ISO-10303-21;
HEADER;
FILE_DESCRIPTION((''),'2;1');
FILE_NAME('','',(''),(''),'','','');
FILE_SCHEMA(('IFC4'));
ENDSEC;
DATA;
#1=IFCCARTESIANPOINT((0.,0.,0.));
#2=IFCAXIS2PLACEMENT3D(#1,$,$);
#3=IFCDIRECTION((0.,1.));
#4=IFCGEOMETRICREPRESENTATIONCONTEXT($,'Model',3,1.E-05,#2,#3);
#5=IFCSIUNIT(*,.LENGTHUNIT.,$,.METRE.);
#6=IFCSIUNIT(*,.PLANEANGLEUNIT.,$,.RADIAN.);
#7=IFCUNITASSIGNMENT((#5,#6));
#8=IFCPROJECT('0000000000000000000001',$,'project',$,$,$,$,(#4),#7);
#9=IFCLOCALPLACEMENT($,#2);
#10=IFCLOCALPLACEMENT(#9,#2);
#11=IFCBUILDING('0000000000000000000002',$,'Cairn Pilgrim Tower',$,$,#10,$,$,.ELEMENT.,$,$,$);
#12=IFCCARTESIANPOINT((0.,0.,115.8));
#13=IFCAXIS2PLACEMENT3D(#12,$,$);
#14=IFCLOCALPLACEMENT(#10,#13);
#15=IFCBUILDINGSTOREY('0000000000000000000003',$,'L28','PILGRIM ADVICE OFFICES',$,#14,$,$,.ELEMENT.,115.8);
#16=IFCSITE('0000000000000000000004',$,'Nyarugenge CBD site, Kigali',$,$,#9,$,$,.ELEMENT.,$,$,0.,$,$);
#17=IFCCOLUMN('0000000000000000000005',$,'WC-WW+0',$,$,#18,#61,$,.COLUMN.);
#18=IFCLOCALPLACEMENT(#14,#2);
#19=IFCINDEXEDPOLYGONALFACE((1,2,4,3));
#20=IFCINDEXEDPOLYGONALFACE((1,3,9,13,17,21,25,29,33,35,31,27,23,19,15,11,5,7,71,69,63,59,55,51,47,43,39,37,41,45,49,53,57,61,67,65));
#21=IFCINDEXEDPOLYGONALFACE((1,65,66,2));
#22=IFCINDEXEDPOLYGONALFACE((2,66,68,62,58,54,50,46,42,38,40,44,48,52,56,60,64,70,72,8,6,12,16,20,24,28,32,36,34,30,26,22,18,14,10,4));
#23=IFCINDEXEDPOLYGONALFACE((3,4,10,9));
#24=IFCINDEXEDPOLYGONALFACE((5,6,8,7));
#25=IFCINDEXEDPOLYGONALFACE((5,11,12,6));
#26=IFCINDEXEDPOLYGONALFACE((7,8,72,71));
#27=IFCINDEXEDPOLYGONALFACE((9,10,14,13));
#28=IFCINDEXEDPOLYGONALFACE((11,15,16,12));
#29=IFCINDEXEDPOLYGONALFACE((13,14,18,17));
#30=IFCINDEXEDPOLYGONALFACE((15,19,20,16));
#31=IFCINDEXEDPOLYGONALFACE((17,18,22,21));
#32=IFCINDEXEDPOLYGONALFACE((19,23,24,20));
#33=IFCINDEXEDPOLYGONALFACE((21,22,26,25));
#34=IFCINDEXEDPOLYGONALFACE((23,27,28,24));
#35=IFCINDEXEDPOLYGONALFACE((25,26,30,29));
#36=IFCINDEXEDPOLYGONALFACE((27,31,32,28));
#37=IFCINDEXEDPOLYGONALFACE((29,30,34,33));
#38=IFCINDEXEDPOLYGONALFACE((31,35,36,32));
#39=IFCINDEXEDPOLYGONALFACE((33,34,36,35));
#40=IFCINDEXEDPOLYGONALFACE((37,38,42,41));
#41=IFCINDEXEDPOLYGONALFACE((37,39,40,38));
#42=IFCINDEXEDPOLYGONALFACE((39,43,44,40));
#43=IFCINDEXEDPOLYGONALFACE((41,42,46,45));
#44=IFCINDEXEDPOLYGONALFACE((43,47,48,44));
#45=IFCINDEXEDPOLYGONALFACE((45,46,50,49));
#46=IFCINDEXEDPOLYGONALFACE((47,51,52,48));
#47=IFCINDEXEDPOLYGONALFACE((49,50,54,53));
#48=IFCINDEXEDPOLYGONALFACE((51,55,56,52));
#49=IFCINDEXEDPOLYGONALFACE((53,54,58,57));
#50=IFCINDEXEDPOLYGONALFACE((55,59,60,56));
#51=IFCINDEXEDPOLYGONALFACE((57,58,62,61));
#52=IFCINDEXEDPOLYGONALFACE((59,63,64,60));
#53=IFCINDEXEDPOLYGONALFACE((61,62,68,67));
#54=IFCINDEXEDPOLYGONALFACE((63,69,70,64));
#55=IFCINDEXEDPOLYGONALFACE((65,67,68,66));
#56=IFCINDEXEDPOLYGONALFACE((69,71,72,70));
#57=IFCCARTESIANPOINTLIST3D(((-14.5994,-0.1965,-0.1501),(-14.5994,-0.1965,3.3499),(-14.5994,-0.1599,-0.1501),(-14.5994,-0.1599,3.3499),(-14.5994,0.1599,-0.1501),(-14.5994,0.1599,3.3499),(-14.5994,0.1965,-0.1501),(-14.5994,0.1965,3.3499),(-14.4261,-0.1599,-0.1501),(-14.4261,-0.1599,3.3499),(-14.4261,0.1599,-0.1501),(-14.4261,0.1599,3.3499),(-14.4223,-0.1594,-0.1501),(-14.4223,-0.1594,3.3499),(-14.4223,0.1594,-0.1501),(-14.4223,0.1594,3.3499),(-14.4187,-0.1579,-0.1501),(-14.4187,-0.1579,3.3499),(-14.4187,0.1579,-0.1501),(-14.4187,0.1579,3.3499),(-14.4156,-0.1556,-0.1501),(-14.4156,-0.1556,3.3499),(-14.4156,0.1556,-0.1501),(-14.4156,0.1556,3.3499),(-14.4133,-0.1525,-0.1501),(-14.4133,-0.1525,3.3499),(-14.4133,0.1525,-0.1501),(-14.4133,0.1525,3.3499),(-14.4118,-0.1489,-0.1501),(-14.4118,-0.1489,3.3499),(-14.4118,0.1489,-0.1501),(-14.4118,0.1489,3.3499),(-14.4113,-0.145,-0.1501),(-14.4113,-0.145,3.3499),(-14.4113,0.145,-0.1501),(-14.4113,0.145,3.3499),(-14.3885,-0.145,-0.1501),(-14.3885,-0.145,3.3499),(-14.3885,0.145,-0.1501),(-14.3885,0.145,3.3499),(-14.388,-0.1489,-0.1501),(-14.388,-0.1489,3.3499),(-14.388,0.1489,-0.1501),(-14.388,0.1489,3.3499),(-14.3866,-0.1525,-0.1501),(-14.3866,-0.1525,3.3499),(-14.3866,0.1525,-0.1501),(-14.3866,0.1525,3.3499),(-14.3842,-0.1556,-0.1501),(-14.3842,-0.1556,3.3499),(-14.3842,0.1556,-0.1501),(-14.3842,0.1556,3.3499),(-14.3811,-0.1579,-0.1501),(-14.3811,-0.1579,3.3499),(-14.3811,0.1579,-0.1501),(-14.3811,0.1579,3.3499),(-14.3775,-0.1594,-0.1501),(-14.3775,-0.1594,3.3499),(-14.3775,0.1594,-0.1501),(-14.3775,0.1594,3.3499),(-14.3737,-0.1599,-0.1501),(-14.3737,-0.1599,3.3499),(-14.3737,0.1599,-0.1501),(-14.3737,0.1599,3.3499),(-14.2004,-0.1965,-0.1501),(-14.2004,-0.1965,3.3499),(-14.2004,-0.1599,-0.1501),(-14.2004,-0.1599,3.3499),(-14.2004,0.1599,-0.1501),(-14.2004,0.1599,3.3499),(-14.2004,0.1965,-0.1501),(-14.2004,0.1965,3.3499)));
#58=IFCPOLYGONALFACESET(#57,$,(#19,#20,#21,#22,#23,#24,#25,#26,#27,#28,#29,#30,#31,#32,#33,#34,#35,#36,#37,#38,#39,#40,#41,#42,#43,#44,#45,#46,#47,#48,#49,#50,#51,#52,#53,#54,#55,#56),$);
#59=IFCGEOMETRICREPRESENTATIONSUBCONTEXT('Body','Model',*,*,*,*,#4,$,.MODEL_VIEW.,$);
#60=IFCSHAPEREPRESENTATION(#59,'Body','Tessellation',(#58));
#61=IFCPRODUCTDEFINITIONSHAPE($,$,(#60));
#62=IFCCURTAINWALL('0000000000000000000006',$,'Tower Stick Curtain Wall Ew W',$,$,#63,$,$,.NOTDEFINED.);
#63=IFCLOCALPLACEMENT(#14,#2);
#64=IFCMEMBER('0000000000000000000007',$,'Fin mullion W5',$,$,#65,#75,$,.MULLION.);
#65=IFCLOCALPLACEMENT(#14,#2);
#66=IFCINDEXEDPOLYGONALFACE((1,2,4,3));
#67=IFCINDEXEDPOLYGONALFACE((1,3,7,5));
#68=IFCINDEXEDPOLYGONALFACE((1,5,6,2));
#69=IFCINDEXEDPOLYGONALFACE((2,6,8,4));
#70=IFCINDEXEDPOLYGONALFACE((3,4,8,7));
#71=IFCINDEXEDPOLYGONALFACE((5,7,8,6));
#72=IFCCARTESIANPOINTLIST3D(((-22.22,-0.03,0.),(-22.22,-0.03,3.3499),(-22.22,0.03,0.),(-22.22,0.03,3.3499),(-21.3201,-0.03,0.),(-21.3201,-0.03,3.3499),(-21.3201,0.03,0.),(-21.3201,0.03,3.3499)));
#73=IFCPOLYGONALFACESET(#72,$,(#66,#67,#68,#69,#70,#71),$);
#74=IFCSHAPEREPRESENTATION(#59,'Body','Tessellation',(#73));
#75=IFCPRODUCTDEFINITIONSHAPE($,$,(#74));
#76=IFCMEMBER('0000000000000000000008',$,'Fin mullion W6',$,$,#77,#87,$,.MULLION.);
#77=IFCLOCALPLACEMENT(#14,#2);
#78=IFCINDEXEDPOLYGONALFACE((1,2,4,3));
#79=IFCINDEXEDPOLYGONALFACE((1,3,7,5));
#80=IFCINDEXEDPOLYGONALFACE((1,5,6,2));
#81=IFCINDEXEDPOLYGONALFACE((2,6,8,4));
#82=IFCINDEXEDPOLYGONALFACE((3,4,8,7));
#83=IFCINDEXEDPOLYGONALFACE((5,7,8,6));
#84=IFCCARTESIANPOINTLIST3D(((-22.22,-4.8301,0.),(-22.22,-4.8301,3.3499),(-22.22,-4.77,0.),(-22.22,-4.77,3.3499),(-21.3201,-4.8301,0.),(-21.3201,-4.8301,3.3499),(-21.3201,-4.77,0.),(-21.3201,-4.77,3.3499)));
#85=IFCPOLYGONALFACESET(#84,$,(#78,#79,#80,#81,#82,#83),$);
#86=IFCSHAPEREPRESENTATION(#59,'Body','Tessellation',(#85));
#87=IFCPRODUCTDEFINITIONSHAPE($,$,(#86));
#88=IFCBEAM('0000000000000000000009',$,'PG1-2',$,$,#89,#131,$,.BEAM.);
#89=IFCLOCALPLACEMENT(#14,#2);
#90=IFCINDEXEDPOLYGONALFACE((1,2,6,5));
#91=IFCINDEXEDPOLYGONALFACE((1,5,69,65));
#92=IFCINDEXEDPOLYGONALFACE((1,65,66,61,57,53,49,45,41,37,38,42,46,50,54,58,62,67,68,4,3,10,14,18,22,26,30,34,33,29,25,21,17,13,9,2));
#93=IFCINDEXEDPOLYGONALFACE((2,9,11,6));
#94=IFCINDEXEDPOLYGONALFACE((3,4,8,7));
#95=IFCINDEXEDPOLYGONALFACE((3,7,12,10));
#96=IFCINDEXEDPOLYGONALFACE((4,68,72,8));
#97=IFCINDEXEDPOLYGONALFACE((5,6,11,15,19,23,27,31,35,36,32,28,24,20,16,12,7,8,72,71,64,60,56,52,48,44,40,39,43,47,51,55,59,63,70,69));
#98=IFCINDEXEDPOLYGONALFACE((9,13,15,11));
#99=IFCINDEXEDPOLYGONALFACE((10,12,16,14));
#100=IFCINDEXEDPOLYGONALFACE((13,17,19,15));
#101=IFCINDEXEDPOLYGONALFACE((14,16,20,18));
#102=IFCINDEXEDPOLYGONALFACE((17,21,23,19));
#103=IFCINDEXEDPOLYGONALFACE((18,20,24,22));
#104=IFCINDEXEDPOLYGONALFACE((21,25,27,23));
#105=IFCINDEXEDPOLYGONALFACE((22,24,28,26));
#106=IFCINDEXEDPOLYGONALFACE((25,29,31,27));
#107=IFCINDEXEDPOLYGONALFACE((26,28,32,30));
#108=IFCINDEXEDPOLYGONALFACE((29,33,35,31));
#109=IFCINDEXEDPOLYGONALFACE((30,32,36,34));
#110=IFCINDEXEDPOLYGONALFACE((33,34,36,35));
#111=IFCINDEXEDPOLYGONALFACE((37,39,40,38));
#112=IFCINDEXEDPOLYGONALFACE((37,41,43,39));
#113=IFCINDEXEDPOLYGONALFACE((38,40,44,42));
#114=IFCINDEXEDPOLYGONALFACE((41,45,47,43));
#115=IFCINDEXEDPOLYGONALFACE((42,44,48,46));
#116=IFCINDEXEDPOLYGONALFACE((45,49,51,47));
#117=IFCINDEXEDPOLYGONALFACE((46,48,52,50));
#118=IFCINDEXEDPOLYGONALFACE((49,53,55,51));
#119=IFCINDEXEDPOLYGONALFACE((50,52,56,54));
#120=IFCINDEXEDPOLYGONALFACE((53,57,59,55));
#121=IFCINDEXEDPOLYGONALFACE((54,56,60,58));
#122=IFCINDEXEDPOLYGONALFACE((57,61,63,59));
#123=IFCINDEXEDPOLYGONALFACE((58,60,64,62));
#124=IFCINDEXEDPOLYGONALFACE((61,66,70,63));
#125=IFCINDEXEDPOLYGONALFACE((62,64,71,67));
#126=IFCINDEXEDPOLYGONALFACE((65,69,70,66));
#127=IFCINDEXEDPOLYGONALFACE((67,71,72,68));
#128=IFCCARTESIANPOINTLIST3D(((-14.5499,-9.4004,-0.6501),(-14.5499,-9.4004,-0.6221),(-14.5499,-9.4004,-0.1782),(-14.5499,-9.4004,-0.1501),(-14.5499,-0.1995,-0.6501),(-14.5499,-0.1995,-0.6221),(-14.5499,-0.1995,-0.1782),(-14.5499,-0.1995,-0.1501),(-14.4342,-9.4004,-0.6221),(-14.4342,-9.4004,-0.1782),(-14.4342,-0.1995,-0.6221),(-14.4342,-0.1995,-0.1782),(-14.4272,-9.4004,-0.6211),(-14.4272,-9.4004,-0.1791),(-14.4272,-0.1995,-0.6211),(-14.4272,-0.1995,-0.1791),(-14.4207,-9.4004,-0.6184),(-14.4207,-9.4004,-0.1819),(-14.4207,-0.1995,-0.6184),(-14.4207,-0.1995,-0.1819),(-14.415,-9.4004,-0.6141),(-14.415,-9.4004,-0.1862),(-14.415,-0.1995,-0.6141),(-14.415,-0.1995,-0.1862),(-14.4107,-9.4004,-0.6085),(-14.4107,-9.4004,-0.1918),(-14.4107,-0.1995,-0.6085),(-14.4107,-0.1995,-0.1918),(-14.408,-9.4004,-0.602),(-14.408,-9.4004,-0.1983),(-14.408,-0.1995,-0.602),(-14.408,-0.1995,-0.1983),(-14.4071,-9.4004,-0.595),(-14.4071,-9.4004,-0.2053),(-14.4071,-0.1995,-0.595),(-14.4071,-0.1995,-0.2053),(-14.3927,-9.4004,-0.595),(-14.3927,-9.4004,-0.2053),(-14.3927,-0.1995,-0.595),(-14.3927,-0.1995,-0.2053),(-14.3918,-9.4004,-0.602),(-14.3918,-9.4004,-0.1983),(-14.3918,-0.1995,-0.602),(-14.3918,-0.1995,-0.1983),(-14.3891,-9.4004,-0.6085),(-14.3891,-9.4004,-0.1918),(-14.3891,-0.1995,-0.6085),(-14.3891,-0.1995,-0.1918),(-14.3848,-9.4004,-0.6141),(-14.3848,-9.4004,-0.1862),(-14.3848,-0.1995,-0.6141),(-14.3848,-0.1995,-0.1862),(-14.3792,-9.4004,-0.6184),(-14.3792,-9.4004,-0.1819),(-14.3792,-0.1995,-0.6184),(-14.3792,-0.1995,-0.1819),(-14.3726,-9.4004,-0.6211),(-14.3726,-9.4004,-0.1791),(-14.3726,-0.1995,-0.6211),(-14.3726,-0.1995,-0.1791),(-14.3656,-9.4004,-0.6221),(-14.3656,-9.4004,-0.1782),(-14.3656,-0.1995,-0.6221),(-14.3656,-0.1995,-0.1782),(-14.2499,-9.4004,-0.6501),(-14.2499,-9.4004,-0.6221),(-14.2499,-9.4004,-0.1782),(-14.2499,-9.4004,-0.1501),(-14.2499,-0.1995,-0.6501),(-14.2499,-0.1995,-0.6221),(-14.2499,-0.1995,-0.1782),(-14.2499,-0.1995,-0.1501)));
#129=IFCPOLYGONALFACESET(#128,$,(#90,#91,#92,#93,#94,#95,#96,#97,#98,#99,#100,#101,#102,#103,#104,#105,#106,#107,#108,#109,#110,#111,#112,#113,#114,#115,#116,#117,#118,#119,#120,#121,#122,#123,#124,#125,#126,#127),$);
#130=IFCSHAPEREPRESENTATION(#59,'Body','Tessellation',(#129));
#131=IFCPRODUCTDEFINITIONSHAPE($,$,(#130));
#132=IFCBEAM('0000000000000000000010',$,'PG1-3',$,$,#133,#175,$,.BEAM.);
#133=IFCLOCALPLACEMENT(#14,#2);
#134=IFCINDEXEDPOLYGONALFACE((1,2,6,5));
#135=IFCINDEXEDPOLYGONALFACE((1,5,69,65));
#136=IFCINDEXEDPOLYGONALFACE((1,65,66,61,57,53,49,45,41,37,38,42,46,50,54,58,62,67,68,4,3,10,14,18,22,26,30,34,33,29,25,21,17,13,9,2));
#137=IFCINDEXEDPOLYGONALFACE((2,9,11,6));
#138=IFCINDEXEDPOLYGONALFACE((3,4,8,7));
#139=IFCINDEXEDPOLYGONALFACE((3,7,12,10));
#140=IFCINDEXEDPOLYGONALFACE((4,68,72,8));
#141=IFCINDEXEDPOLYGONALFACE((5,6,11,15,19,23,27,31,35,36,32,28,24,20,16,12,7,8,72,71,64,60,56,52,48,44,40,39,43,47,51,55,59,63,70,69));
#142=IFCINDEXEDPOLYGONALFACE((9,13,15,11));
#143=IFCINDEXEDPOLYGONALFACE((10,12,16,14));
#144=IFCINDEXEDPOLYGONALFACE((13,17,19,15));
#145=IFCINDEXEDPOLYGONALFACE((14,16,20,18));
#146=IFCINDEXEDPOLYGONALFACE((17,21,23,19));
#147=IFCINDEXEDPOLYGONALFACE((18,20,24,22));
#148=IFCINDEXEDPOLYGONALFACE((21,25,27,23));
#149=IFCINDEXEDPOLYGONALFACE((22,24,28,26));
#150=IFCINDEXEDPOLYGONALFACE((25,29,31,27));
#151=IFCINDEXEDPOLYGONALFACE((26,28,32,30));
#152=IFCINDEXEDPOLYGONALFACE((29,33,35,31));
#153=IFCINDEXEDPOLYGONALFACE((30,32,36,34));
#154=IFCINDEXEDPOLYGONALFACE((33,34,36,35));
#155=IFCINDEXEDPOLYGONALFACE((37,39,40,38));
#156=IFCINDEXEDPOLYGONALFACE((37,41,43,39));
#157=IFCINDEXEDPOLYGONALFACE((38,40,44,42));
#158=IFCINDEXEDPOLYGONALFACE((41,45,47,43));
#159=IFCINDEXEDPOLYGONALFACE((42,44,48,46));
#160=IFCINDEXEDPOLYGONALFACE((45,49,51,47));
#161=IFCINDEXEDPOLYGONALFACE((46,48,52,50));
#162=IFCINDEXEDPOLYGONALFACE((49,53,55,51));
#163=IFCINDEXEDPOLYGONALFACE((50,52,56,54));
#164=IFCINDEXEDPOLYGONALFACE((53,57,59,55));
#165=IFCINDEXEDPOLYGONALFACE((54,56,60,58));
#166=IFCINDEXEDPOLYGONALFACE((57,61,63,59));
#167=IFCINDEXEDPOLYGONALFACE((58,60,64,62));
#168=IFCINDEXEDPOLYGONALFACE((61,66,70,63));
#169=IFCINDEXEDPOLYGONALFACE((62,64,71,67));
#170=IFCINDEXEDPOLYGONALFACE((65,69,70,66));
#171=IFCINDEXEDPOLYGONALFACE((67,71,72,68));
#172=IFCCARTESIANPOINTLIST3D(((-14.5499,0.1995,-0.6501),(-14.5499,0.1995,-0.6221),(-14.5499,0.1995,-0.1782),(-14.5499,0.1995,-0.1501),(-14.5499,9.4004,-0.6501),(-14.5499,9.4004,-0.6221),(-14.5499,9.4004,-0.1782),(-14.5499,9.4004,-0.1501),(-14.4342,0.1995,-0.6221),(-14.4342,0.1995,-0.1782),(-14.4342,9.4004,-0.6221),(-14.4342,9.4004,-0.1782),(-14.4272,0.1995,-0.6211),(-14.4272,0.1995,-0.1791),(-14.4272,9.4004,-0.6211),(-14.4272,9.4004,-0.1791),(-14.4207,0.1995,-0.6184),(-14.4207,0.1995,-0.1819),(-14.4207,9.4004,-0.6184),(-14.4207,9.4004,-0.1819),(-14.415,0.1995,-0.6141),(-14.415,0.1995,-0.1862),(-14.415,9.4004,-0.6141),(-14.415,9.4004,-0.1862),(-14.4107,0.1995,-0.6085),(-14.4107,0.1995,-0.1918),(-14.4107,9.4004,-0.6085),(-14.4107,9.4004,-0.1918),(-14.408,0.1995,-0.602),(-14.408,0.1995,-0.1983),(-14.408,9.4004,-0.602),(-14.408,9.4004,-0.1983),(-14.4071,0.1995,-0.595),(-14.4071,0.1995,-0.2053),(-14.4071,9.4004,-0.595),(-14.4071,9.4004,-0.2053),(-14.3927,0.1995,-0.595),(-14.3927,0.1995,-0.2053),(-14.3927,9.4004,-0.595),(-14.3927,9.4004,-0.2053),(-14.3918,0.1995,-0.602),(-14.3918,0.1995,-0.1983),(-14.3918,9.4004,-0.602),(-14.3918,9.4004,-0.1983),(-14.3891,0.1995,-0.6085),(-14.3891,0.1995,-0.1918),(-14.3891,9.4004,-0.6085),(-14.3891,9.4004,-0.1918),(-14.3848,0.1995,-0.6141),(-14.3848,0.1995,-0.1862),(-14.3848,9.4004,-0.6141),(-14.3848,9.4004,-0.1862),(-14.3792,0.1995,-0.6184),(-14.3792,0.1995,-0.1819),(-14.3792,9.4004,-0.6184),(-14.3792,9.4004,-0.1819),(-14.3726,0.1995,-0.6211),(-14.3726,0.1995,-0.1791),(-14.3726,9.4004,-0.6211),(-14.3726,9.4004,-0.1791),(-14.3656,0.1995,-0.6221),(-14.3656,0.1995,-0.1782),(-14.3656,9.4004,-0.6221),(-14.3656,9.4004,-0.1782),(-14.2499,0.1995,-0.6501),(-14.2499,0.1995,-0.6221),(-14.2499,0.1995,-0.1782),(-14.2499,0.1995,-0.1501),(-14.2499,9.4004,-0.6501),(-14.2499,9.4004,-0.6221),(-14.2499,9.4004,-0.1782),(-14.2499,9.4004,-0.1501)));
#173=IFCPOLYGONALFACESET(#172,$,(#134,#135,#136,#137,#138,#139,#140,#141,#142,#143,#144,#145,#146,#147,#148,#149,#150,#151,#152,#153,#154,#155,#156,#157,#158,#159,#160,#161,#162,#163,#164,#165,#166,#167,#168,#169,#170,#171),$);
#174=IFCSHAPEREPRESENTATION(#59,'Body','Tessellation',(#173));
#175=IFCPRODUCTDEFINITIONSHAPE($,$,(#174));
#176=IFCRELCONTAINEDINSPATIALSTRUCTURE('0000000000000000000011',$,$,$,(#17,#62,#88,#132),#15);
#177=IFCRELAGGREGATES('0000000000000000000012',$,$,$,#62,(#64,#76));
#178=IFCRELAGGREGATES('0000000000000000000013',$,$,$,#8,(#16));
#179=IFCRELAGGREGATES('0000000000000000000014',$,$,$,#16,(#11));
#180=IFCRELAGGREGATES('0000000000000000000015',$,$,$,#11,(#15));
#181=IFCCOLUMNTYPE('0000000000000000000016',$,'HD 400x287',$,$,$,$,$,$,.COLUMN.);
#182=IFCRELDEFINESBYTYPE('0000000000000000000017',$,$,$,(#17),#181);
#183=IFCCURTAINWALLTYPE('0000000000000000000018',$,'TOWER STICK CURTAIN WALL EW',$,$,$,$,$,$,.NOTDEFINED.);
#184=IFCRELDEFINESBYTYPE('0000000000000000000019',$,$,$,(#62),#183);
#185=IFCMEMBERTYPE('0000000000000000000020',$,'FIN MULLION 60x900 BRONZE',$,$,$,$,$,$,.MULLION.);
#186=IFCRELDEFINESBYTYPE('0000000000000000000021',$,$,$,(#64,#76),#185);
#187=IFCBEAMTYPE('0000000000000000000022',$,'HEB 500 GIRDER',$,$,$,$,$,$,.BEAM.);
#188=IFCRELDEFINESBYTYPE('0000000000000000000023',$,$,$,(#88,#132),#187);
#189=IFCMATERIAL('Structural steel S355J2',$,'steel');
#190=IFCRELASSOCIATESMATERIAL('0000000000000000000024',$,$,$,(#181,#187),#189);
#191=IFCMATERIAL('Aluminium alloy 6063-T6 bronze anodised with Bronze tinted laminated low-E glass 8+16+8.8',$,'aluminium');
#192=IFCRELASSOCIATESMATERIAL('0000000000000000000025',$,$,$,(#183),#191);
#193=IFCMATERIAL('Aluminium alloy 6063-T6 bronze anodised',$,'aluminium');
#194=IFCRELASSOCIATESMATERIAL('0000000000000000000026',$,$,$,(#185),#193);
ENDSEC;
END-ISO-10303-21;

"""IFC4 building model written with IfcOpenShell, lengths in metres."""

from ifc_helpers import new_model, si_unit, direction, frame, origin, origin_2d, place, context, subcontext, project, spatial, rectangle, i_section, extrude, material, material_profile, profile_set, type_object, element, aggregate, save


model = new_model("IFC4")

# Units and contexts
model_context = context("Model", 3, precision=1e-05, world=origin(), true_north=direction((0.0, 1.0)))
body_context = subcontext(model_context, "Body", "Model", "MODEL_VIEW")
ifc_project = project(units=[si_unit("LENGTHUNIT", "METRE"), si_unit("PLANEANGLEUNIT", "RADIAN")], contexts=[model_context])

# Site, building, storey
site_placement = place(None, origin())
site = spatial("IfcSite", under=ifc_project, at=site_placement, Name="Nyarugenge CBD site, Kigali", CompositionType="ELEMENT", RefElevation=0.0)
building_placement = place(site_placement, origin())
building = spatial("IfcBuilding", under=site, at=building_placement, Name="Cairn Pilgrim Tower", CompositionType="ELEMENT")
storey_placement = place(building_placement, frame((0.0, 0.0, 115.8)))
storey = spatial("IfcBuildingStorey", under=building, at=storey_placement, Name="L28", Description="PILGRIM ADVICE OFFICES", CompositionType="ELEMENT", Elevation=115.8)

# Column
ifc_material_1 = material(Name="Structural steel S355J2", Category="steel")
ifc_material_profile_1 = material_profile(ifc_material_1, i_section(OverallWidth=0.3989, OverallDepth=0.3931, WebThickness=0.0227, FlangeThickness=0.0366, FilletRadius=0.0149, at=origin_2d()), Name="HD 400x287")
ifc_profile_set_1 = profile_set([ifc_material_profile_1], Name="Structural steel S355J2")
column_type_1 = type_object("IfcColumnType", Name="HD 400x287", PredefinedType="COLUMN", material=ifc_profile_set_1)
column_placement = place(storey_placement, frame((-14.3999, 0.0, -0.1501), z_axis=(0.0, 0.0, 1.0), x_axis=(1.0, 0.0, 0.0)))
element("IfcColumn", 1, at=column_placement, inside=storey, type_object=column_type_1, Name="WC-WW+0", PredefinedType="COLUMN", context=body_context, shape_type="SweptSolid", body=[
    extrude(i_section(OverallWidth=0.3989, OverallDepth=0.3931, WebThickness=0.0227, FlangeThickness=0.0366, FilletRadius=0.0149, at=origin_2d()), origin(), (0.0, 0.0, 1.0), 3.5),
])

# Curtain wall, members
ifc_material_2 = material(Name="Aluminium alloy 6063-T6 bronze anodised with Bronze tinted laminated low-E glass 8+16+8.8", Category="aluminium")
curtain_wall_type = type_object("IfcCurtainWallType", Name="TOWER STICK CURTAIN WALL EW", PredefinedType="NOTDEFINED", material=ifc_material_2)
curtain_wall_placement = place(storey_placement, origin())
curtain_wall = element("IfcCurtainWall", 2, at=curtain_wall_placement, inside=storey, type_object=curtain_wall_type, Name="Tower Stick Curtain Wall Ew W", PredefinedType="NOTDEFINED")
ifc_material_3 = material(Name="Aluminium alloy 6063-T6 bronze anodised", Category="aluminium")
ifc_material_profile_2 = material_profile(ifc_material_3, rectangle(XDim=0.8999, YDim=0.0601, at=origin_2d()), Name="FIN MULLION 60x900 BRONZE")
ifc_profile_set_2 = profile_set([ifc_material_profile_2], Name="Aluminium alloy 6063-T6 bronze anodised")
member_type_1 = type_object("IfcMemberType", Name="FIN MULLION 60x900 BRONZE", PredefinedType="MULLION", material=ifc_profile_set_2)
member_1_placement = place(storey_placement, frame((-21.77, 0.0, 0.0), z_axis=(0.0, 0.0, 1.0), x_axis=(-1.0, 0.0, 0.0)))
member_1 = element("IfcMember", 3, at=member_1_placement, type_object=member_type_1, Name="Fin mullion W5", PredefinedType="MULLION", context=body_context, shape_type="SweptSolid", body=[
    extrude(rectangle(XDim=0.8999, YDim=0.0601, at=origin_2d()), origin(), (0.0, 0.0, 1.0), 3.3499),
])
member_2_placement = place(storey_placement, frame((-21.77, -4.8, 0.0), z_axis=(0.0, 0.0, 1.0), x_axis=(-1.0, 0.0, 0.0)))
member_2 = element("IfcMember", 4, at=member_2_placement, type_object=member_type_1, Name="Fin mullion W6", PredefinedType="MULLION", context=body_context, shape_type="SweptSolid", body=[
    extrude(rectangle(XDim=0.8999, YDim=0.0601, at=origin_2d()), origin(), (0.0, 0.0, 1.0), 3.3499),
])

# Beams
ifc_material_profile_3 = material_profile(ifc_material_1, i_section(OverallWidth=0.3, OverallDepth=0.5, WebThickness=0.0144, FlangeThickness=0.0281, FilletRadius=0.0271, at=origin_2d()), Name="HEB 500")
ifc_profile_set_3 = profile_set([ifc_material_profile_3], Name="Structural steel S355J2")
beam_type_1 = type_object("IfcBeamType", Name="HEB 500 GIRDER", PredefinedType="BEAM", material=ifc_profile_set_3)
for number, where, z_axis, x_axis, name in (
    (5, (-14.3999, -9.4004, -0.4001), (0.0, 1.0, 0.0), (-1.0, 0.0, 0.0), "PG1-2"),
    (6, (-14.3999, 0.1995, -0.4001), (0.0, 1.0, 0.0), (-1.0, 0.0, 0.0), "PG1-3"),
):
    element("IfcBeam", number, at=place(storey_placement, frame(where, z_axis=z_axis, x_axis=x_axis)), inside=storey, type_object=beam_type_1, Name=name, PredefinedType="BEAM", context=body_context, shape_type="SweptSolid", body=[
        extrude(i_section(OverallWidth=0.3, OverallDepth=0.5, WebThickness=0.0144, FlangeThickness=0.0281, FilletRadius=0.0271, at=origin_2d()), origin(), (0.0, 0.0, 1.0), 9.2009),
    ])

aggregate(curtain_wall, [member_1, member_2])

save(model, "model.ifc")
